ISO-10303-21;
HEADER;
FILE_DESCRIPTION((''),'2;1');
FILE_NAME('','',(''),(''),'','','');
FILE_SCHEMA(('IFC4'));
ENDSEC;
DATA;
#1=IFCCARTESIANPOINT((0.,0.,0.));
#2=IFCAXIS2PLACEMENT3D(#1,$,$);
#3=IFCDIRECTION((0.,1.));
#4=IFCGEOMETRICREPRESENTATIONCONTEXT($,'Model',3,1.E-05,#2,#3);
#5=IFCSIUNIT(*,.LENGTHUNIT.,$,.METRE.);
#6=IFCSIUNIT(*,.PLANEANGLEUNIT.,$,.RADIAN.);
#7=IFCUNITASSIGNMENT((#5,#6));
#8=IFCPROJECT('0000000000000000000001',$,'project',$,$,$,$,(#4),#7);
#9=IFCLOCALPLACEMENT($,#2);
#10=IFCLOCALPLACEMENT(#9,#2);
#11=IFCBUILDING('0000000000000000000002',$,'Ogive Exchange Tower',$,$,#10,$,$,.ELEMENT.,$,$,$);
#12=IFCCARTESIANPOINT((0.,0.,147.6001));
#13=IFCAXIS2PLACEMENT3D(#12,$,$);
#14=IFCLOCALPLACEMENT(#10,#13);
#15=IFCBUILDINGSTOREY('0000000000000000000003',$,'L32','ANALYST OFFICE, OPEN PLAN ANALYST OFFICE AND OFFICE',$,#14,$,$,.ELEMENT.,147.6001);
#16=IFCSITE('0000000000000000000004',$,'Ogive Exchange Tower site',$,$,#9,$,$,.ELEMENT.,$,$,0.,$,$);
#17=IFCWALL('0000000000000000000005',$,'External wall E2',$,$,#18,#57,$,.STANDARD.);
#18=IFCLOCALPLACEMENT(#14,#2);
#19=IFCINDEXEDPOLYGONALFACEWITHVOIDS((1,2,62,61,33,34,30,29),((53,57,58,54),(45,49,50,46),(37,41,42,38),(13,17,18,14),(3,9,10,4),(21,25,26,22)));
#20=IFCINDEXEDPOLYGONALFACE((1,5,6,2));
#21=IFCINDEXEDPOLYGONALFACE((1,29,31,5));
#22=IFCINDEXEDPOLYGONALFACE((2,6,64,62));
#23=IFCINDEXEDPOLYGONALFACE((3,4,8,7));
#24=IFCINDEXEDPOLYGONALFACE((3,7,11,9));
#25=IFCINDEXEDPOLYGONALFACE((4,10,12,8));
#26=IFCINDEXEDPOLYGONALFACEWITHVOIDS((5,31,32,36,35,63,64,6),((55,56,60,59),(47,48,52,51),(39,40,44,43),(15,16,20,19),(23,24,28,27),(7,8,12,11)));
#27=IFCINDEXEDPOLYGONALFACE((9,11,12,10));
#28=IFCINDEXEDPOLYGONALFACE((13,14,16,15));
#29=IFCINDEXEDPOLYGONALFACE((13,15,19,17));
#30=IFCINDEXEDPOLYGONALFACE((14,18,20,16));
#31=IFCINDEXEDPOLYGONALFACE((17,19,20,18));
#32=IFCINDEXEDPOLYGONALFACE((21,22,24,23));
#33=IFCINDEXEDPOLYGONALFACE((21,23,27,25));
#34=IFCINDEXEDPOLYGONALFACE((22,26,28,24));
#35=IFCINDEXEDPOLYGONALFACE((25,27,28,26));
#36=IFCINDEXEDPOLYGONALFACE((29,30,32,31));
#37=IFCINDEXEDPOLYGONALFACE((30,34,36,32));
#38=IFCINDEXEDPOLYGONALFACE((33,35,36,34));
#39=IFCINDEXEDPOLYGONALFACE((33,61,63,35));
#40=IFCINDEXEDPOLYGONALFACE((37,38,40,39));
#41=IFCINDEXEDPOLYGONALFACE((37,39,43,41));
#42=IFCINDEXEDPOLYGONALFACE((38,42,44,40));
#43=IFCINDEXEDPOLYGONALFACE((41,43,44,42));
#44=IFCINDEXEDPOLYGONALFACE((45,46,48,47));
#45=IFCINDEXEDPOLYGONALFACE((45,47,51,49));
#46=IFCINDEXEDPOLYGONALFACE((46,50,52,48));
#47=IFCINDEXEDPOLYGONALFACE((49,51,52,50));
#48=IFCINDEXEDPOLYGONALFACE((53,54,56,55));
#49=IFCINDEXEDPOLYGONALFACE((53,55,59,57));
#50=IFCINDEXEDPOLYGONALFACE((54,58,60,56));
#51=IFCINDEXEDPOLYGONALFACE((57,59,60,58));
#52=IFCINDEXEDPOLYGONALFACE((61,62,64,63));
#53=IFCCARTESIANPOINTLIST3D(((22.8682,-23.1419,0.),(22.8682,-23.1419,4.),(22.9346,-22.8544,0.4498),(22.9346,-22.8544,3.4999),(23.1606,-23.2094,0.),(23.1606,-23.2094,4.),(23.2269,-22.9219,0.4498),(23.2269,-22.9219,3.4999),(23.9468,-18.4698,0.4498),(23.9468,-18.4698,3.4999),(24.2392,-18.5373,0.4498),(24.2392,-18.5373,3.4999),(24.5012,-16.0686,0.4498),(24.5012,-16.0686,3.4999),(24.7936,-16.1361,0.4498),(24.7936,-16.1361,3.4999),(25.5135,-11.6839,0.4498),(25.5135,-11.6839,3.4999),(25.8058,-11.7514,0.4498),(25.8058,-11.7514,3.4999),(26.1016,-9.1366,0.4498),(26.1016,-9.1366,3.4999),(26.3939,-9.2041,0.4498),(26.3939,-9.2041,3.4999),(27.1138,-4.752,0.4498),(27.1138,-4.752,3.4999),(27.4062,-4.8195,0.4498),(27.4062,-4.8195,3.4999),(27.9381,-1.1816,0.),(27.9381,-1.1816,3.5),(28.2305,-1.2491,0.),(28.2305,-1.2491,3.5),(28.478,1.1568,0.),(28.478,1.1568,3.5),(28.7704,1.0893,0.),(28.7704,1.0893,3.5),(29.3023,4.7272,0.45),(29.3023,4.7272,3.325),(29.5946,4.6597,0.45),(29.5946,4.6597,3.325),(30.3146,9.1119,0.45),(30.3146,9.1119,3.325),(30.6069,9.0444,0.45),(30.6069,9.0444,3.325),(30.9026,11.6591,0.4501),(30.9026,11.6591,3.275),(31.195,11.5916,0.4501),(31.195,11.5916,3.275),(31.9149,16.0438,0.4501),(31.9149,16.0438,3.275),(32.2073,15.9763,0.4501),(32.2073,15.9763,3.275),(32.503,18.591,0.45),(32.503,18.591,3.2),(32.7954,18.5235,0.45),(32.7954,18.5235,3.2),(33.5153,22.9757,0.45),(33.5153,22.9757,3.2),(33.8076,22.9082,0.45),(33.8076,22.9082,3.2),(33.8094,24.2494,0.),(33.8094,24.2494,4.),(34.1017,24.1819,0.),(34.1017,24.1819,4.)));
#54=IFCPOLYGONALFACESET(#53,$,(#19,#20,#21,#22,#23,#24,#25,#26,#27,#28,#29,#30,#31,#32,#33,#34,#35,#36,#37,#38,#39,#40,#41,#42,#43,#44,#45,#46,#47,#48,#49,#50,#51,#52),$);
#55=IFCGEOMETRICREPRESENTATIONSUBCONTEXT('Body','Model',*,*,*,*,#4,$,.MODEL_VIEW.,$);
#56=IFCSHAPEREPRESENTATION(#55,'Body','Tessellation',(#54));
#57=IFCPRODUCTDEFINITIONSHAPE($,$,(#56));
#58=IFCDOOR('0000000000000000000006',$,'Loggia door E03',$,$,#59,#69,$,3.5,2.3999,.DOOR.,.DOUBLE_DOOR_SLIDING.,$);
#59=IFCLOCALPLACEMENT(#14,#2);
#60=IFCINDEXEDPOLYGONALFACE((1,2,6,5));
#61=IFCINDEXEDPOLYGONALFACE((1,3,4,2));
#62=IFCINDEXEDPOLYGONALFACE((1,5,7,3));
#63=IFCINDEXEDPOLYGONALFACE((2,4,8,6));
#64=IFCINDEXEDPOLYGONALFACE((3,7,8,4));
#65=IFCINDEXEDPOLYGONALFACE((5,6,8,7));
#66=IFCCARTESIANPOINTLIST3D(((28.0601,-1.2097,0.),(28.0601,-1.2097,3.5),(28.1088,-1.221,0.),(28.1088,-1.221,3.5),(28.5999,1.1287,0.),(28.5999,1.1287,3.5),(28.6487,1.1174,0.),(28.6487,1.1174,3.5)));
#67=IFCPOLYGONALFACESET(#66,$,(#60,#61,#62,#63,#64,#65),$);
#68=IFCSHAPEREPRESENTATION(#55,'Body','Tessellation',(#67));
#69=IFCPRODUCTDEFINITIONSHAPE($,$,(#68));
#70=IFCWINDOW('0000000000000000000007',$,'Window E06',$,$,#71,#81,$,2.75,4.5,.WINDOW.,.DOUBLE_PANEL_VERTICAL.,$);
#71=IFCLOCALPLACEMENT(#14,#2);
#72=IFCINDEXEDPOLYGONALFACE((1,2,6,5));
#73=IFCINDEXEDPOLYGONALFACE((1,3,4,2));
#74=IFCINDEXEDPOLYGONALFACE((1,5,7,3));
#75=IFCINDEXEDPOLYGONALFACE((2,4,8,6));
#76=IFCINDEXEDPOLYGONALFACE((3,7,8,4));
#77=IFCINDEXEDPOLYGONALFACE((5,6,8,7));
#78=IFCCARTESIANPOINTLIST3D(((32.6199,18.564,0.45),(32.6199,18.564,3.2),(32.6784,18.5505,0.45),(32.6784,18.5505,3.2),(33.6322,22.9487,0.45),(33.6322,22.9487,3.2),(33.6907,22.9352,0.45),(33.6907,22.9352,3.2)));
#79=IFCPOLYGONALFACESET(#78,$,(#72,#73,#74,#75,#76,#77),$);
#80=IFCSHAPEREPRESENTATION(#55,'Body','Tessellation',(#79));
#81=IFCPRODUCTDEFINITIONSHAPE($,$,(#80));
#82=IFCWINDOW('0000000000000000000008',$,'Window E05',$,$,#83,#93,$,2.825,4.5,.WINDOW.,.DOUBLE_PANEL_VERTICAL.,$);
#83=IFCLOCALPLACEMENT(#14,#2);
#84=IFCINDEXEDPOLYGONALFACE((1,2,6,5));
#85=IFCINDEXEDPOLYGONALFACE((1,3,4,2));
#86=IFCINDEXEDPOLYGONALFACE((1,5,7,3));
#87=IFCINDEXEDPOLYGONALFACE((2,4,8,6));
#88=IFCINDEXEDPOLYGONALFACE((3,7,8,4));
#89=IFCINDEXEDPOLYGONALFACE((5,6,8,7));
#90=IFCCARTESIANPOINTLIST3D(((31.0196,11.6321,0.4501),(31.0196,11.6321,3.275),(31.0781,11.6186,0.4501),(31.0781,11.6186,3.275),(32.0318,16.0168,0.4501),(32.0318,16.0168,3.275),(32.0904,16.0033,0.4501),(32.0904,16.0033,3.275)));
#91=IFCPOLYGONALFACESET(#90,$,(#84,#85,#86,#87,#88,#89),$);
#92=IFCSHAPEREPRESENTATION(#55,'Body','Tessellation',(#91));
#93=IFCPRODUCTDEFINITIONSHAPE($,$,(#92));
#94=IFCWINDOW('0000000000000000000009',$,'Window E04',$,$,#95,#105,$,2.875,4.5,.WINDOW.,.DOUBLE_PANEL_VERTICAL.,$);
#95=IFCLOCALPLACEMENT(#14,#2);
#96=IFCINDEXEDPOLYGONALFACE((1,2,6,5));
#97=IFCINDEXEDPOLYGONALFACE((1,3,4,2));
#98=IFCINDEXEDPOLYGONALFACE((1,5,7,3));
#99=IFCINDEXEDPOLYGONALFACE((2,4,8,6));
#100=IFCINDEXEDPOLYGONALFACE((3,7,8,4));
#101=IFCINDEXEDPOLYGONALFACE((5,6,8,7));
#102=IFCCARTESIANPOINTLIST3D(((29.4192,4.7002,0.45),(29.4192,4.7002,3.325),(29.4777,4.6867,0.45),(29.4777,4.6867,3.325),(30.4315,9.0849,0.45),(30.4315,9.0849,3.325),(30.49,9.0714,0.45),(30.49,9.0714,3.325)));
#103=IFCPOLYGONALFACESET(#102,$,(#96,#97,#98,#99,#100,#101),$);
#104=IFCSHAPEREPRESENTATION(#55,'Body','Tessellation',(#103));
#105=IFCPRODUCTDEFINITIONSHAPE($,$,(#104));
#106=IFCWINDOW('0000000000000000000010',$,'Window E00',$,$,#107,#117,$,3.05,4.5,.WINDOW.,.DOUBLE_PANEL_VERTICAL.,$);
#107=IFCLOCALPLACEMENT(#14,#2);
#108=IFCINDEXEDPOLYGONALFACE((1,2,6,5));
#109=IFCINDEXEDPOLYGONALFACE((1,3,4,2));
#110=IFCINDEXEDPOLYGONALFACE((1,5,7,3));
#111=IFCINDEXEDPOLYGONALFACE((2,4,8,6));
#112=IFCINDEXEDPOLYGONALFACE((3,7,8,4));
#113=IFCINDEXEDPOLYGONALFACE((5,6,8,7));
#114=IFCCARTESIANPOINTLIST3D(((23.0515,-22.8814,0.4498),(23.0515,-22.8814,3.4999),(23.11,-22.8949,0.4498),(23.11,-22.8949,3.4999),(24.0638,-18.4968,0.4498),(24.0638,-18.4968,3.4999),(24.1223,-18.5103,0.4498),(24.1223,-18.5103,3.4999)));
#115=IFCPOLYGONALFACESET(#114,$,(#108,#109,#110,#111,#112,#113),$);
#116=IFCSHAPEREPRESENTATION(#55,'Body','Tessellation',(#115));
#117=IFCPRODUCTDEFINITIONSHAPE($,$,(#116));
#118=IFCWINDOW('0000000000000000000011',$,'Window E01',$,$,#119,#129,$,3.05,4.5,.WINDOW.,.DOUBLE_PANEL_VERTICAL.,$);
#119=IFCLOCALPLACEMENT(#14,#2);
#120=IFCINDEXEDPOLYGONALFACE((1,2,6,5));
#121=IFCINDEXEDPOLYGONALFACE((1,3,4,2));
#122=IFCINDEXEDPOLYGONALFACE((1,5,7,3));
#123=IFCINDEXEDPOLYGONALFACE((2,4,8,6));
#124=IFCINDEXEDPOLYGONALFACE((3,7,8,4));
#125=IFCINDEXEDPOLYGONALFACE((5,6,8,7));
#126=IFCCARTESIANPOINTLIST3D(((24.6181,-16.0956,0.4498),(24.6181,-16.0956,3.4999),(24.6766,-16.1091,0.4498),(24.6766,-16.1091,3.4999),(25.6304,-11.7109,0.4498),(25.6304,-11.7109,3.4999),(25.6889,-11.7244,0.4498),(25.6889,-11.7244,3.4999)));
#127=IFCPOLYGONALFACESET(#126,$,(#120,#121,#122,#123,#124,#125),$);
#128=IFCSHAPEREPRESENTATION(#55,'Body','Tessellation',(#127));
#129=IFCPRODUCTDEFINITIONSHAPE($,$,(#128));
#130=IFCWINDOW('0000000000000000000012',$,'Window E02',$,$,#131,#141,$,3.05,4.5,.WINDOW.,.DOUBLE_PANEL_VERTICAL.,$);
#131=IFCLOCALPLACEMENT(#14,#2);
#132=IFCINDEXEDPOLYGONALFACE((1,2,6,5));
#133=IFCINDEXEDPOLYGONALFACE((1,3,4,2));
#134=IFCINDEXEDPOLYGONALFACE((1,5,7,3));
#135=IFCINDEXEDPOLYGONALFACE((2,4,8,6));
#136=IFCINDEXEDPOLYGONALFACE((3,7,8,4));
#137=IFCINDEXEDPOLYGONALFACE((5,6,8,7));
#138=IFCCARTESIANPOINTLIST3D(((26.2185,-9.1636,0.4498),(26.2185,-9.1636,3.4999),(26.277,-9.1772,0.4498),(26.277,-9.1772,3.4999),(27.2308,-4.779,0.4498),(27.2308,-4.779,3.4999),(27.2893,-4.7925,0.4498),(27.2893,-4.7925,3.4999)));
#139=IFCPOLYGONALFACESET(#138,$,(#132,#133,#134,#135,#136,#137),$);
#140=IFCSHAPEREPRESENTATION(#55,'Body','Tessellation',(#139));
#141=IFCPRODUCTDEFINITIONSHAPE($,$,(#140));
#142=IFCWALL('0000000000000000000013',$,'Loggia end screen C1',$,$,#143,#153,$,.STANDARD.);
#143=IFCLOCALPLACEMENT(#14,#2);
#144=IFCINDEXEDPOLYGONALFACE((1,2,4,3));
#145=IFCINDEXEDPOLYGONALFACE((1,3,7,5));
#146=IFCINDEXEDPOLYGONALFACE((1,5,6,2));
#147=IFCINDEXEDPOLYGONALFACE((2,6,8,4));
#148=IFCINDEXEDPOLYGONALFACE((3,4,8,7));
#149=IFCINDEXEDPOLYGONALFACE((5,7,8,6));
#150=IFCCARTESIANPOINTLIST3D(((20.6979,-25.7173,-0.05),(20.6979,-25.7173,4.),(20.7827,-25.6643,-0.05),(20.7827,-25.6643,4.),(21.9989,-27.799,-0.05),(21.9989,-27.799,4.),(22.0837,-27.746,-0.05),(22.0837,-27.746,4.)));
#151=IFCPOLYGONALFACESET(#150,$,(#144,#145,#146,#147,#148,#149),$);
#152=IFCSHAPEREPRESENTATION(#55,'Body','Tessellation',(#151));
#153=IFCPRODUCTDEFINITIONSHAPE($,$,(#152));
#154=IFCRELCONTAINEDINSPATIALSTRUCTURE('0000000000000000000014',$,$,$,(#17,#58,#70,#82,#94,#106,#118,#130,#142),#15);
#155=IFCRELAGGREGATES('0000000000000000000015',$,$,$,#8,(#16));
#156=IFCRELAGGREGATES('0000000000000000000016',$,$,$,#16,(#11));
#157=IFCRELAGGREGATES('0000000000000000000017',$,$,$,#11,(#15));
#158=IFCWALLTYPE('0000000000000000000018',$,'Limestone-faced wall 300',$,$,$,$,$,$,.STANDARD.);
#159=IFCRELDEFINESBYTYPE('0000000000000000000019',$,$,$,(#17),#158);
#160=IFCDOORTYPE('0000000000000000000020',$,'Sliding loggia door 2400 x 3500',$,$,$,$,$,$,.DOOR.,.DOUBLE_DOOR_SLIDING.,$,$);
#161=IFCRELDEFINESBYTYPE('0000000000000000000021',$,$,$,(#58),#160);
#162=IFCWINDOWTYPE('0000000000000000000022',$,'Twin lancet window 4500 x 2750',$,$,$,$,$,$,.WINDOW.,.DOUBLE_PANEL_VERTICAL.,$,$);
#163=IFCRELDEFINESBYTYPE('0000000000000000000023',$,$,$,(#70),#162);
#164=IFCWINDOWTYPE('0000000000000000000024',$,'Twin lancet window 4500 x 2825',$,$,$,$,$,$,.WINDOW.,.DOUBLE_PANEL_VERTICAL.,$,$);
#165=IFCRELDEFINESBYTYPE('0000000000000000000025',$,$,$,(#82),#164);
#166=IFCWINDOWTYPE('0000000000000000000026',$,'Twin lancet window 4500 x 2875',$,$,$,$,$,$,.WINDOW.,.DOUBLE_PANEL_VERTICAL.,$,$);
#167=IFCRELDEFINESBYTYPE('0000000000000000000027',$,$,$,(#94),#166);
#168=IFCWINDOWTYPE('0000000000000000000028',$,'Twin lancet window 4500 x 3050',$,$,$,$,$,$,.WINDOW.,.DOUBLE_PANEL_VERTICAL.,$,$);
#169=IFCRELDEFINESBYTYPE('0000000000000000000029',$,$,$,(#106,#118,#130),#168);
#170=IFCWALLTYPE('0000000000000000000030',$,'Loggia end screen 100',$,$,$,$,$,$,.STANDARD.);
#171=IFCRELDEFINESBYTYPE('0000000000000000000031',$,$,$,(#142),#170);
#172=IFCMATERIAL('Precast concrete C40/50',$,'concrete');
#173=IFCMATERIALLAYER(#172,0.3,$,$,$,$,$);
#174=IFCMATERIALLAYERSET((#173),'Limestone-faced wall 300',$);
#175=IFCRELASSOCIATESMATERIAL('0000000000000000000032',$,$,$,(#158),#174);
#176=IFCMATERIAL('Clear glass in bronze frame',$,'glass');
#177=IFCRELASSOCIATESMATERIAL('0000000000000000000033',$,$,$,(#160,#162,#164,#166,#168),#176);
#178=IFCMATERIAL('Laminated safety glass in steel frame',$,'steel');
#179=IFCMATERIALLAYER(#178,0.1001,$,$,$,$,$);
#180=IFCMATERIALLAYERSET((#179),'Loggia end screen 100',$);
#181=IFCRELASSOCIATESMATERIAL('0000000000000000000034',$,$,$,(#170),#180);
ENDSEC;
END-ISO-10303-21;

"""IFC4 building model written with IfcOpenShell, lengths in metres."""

from ifc_helpers import new_model, si_unit, direction, frame, frame_2d, origin, place, context, subcontext, project, spatial, rectangle, extrude, material, layer, layer_set, type_object, element, fill, save


model = new_model("IFC4")

# Units and contexts
model_context = context("Model", 3, precision=1e-05, world=origin(), true_north=direction((0.0, 1.0)))
body_context = subcontext(model_context, "Body", "Model", "MODEL_VIEW")
ifc_project = project(units=[si_unit("LENGTHUNIT", "METRE"), si_unit("PLANEANGLEUNIT", "RADIAN")], contexts=[model_context])

# Site, building, storey
site_placement = place(None, origin())
site = spatial("IfcSite", under=ifc_project, at=site_placement, Name="Ogive Exchange Tower site", CompositionType="ELEMENT", RefElevation=0.0)
building_placement = place(site_placement, origin())
building = spatial("IfcBuilding", under=site, at=building_placement, Name="Ogive Exchange Tower", CompositionType="ELEMENT")
storey_placement = place(building_placement, frame((0.0, 0.0, 147.6001)))
storey = spatial("IfcBuildingStorey", under=building, at=storey_placement, Name="L32", Description="ANALYST OFFICE, OPEN PLAN ANALYST OFFICE AND OFFICE", CompositionType="ELEMENT", Elevation=147.6001)

# Shared definitions
ifc_material_1 = material(Name="Precast concrete C40/50", Category="concrete")
ifc_layer_1 = layer(ifc_material_1, 0.3)
ifc_layer_set_1 = layer_set([ifc_layer_1], Name="Limestone-faced wall 300")
wall_type_1 = type_object("IfcWallType", Name="Limestone-faced wall 300", PredefinedType="STANDARD", material=ifc_layer_set_1)

# Wall, openings, door, windows
wall_1_placement = place(storey_placement, frame((23.0144, -23.1755, 0.0), z_axis=(0.0, 0.0, 1.0), x_axis=(0.224951, 0.97437, 0.0)))
wall_1 = element("IfcWall", 1, at=wall_1_placement, inside=storey, type_object=wall_type_1, Name="External wall E2", PredefinedType="STANDARD", context=body_context, shape_type="SweptSolid", body=[
    extrude(rectangle(XDim=48.6379, YDim=0.3, at=frame_2d((24.3188, 0.0))), origin(), (0.0, 0.0, 1.0), 4.0),
])
opening_1_placement = place(wall_1_placement, frame((0.2949, 0.0, 0.45)))
opening_1 = element("IfcOpeningElement", 2, at=opening_1_placement, cuts=wall_1, PredefinedType="OPENING", context=body_context, shape_type="SweptSolid", body=[
    extrude(rectangle(XDim=4.5, YDim=3.05, at=frame_2d((2.25, 1.5249))), frame((0.0, 0.1599, 0.0), z_axis=(0.0, -1.0, 0.0), x_axis=(1.0, 0.0, 0.0)), (0.0, 0.0, 1.0), 0.3201),
])
opening_2_placement = place(wall_1_placement, frame((7.2593, 0.0, 0.45)))
opening_2 = element("IfcOpeningElement", 3, at=opening_2_placement, cuts=wall_1, PredefinedType="OPENING", context=body_context, shape_type="SweptSolid", body=[
    extrude(rectangle(XDim=4.5, YDim=3.05, at=frame_2d((2.25, 1.5249))), frame((0.0, 0.1599, 0.0), z_axis=(0.0, -1.0, 0.0), x_axis=(1.0, 0.0, 0.0)), (0.0, 0.0, 1.0), 0.3201),
])
opening_3_placement = place(wall_1_placement, frame((14.3735, 0.0, 0.45)))
opening_3 = element("IfcOpeningElement", 4, at=opening_3_placement, cuts=wall_1, PredefinedType="OPENING", context=body_context, shape_type="SweptSolid", body=[
    extrude(rectangle(XDim=4.5, YDim=3.05, at=frame_2d((2.25, 1.5249))), frame((0.0, 0.1599, 0.0), z_axis=(0.0, -1.0, 0.0), x_axis=(1.0, 0.0, 0.0)), (0.0, 0.0, 1.0), 0.3201),
])
opening_4_placement = place(wall_1_placement, frame((22.5378, 0.0, 0.0)))
opening_4 = element("IfcOpeningElement", 5, at=opening_4_placement, cuts=wall_1, PredefinedType="OPENING", context=body_context, shape_type="SweptSolid", body=[
    extrude(rectangle(XDim=2.3999, YDim=3.5, at=frame_2d((1.2, 1.75))), frame((0.0, 0.1599, 0.0), z_axis=(0.0, -1.0, 0.0), x_axis=(1.0, 0.0, 0.0)), (0.0, 0.0, 1.0), 0.3201),
])
opening_5_placement = place(wall_1_placement, frame((28.6021, 0.0, 0.45)))
opening_5 = element("IfcOpeningElement", 6, at=opening_5_placement, cuts=wall_1, PredefinedType="OPENING", context=body_context, shape_type="SweptSolid", body=[
    extrude(rectangle(XDim=4.5, YDim=2.875, at=frame_2d((2.25, 1.4375))), frame((0.0, 0.1599, 0.0), z_axis=(0.0, -1.0, 0.0), x_axis=(1.0, 0.0, 0.0)), (0.0, 0.0, 1.0), 0.3201),
])
opening_6_placement = place(wall_1_placement, frame((35.7163, 0.0, 0.45)))
opening_6 = element("IfcOpeningElement", 7, at=opening_6_placement, cuts=wall_1, PredefinedType="OPENING", context=body_context, shape_type="SweptSolid", body=[
    extrude(rectangle(XDim=4.5, YDim=2.825, at=frame_2d((2.25, 1.4126))), frame((0.0, 0.1599, 0.0), z_axis=(0.0, -1.0, 0.0), x_axis=(1.0, 0.0, 0.0)), (0.0, 0.0, 1.0), 0.3201),
])
opening_7_placement = place(wall_1_placement, frame((42.8306, 0.0, 0.45)))
opening_7 = element("IfcOpeningElement", 8, at=opening_7_placement, cuts=wall_1, PredefinedType="OPENING", context=body_context, shape_type="SweptSolid", body=[
    extrude(rectangle(XDim=4.5, YDim=2.75, at=frame_2d((2.25, 1.375))), frame((0.0, 0.1599, 0.0), z_axis=(0.0, -1.0, 0.0), x_axis=(1.0, 0.0, 0.0)), (0.0, 0.0, 1.0), 0.3201),
])
ifc_material_2 = material(Name="Clear glass in bronze frame", Category="glass")
door_type_1 = type_object("IfcDoorType", Name="Sliding loggia door 2400 x 3500", OperationType="DOUBLE_DOOR_SLIDING", PredefinedType="DOOR", material=ifc_material_2)
door_1_placement = place(opening_4_placement, origin())
door_1 = element("IfcDoor", 9, at=door_1_placement, inside=storey, type_object=door_type_1, Name="Loggia door E03", OperationType="DOUBLE_DOOR_SLIDING", OverallHeight=3.5, OverallWidth=2.3999, PredefinedType="DOOR", context=body_context, shape_type="SweptSolid", body=[
    extrude(rectangle(XDim=2.3999, YDim=3.5, at=frame_2d((1.2, 1.75))), frame((0.0, 0.0249, 0.0), z_axis=(0.0, -1.0, 0.0), x_axis=(1.0, 0.0, 0.0)), (0.0, 0.0, 1.0), 0.05),
])
fill(opening_4, door_1)
window_type_1 = type_object("IfcWindowType", Name="Twin lancet window 4500 x 2750", PartitioningType="DOUBLE_PANEL_VERTICAL", PredefinedType="WINDOW", material=ifc_material_2)
window_1_placement = place(opening_7_placement, origin())
window_1 = element("IfcWindow", 10, at=window_1_placement, inside=storey, type_object=window_type_1, Name="Window E06", OverallHeight=2.75, OverallWidth=4.5, PartitioningType="DOUBLE_PANEL_VERTICAL", PredefinedType="WINDOW", context=body_context, shape_type="SweptSolid", body=[
    extrude(rectangle(XDim=4.5, YDim=2.75, at=frame_2d((2.25, 1.375))), frame((0.0, 0.03, 0.0), z_axis=(0.0, -1.0, 0.0), x_axis=(1.0, 0.0, 0.0)), (0.0, 0.0, 1.0), 0.0601),
])
fill(opening_7, window_1)
window_type_2 = type_object("IfcWindowType", Name="Twin lancet window 4500 x 2825", PartitioningType="DOUBLE_PANEL_VERTICAL", PredefinedType="WINDOW", material=ifc_material_2)
window_2_placement = place(opening_6_placement, origin())
window_2 = element("IfcWindow", 11, at=window_2_placement, inside=storey, type_object=window_type_2, Name="Window E05", OverallHeight=2.825, OverallWidth=4.5, PartitioningType="DOUBLE_PANEL_VERTICAL", PredefinedType="WINDOW", context=body_context, shape_type="SweptSolid", body=[
    extrude(rectangle(XDim=4.5, YDim=2.825, at=frame_2d((2.25, 1.4126))), frame((0.0, 0.03, 0.0), z_axis=(0.0, -1.0, 0.0), x_axis=(1.0, 0.0, 0.0)), (0.0, 0.0, 1.0), 0.0601),
])
fill(opening_6, window_2)
window_type_3 = type_object("IfcWindowType", Name="Twin lancet window 4500 x 2875", PartitioningType="DOUBLE_PANEL_VERTICAL", PredefinedType="WINDOW", material=ifc_material_2)
window_3_placement = place(opening_5_placement, origin())
window_3 = element("IfcWindow", 12, at=window_3_placement, inside=storey, type_object=window_type_3, Name="Window E04", OverallHeight=2.875, OverallWidth=4.5, PartitioningType="DOUBLE_PANEL_VERTICAL", PredefinedType="WINDOW", context=body_context, shape_type="SweptSolid", body=[
    extrude(rectangle(XDim=4.5, YDim=2.875, at=frame_2d((2.25, 1.4375))), frame((0.0, 0.03, 0.0), z_axis=(0.0, -1.0, 0.0), x_axis=(1.0, 0.0, 0.0)), (0.0, 0.0, 1.0), 0.0601),
])
fill(opening_5, window_3)
window_type_4 = type_object("IfcWindowType", Name="Twin lancet window 4500 x 3050", PartitioningType="DOUBLE_PANEL_VERTICAL", PredefinedType="WINDOW", material=ifc_material_2)
window_4_placement = place(opening_1_placement, origin())
window_4 = element("IfcWindow", 13, at=window_4_placement, inside=storey, type_object=window_type_4, Name="Window E00", OverallHeight=3.05, OverallWidth=4.5, PartitioningType="DOUBLE_PANEL_VERTICAL", PredefinedType="WINDOW", context=body_context, shape_type="SweptSolid", body=[
    extrude(rectangle(XDim=4.5, YDim=3.05, at=frame_2d((2.25, 1.5249))), frame((0.0, 0.03, 0.0), z_axis=(0.0, -1.0, 0.0), x_axis=(1.0, 0.0, 0.0)), (0.0, 0.0, 1.0), 0.0601),
])
fill(opening_1, window_4)
window_5_placement = place(opening_2_placement, origin())
window_5 = element("IfcWindow", 14, at=window_5_placement, inside=storey, type_object=window_type_4, Name="Window E01", OverallHeight=3.05, OverallWidth=4.5, PartitioningType="DOUBLE_PANEL_VERTICAL", PredefinedType="WINDOW", context=body_context, shape_type="SweptSolid", body=[
    extrude(rectangle(XDim=4.5, YDim=3.05, at=frame_2d((2.25, 1.5249))), frame((0.0, 0.03, 0.0), z_axis=(0.0, -1.0, 0.0), x_axis=(1.0, 0.0, 0.0)), (0.0, 0.0, 1.0), 0.0601),
])
fill(opening_2, window_5)
window_6_placement = place(opening_3_placement, origin())
window_6 = element("IfcWindow", 15, at=window_6_placement, inside=storey, type_object=window_type_4, Name="Window E02", OverallHeight=3.05, OverallWidth=4.5, PartitioningType="DOUBLE_PANEL_VERTICAL", PredefinedType="WINDOW", context=body_context, shape_type="SweptSolid", body=[
    extrude(rectangle(XDim=4.5, YDim=3.05, at=frame_2d((2.25, 1.5249))), frame((0.0, 0.03, 0.0), z_axis=(0.0, -1.0, 0.0), x_axis=(1.0, 0.0, 0.0)), (0.0, 0.0, 1.0), 0.0601),
])
fill(opening_3, window_6)

# Wall
ifc_material_3 = material(Name="Laminated safety glass in steel frame", Category="steel")
ifc_layer_2 = layer(ifc_material_3, 0.1001)
ifc_layer_set_2 = layer_set([ifc_layer_2], Name="Loggia end screen 100")
wall_type_2 = type_object("IfcWallType", Name="Loggia end screen 100", PredefinedType="STANDARD", material=ifc_layer_set_2)
wall_2_placement = place(storey_placement, frame((20.7402, -25.6907, -0.05), z_axis=(0.0, 0.0, 1.0), x_axis=(0.529972, -0.848015, 0.0)))
element("IfcWall", 16, at=wall_2_placement, inside=storey, type_object=wall_type_2, Name="Loggia end screen C1", PredefinedType="STANDARD", context=body_context, shape_type="SweptSolid", body=[
    extrude(rectangle(XDim=2.4548, YDim=0.1001, at=frame_2d((1.2275, 0.0))), origin(), (0.0, 0.0, 1.0), 4.05),
])

save(model, "model.ifc")
